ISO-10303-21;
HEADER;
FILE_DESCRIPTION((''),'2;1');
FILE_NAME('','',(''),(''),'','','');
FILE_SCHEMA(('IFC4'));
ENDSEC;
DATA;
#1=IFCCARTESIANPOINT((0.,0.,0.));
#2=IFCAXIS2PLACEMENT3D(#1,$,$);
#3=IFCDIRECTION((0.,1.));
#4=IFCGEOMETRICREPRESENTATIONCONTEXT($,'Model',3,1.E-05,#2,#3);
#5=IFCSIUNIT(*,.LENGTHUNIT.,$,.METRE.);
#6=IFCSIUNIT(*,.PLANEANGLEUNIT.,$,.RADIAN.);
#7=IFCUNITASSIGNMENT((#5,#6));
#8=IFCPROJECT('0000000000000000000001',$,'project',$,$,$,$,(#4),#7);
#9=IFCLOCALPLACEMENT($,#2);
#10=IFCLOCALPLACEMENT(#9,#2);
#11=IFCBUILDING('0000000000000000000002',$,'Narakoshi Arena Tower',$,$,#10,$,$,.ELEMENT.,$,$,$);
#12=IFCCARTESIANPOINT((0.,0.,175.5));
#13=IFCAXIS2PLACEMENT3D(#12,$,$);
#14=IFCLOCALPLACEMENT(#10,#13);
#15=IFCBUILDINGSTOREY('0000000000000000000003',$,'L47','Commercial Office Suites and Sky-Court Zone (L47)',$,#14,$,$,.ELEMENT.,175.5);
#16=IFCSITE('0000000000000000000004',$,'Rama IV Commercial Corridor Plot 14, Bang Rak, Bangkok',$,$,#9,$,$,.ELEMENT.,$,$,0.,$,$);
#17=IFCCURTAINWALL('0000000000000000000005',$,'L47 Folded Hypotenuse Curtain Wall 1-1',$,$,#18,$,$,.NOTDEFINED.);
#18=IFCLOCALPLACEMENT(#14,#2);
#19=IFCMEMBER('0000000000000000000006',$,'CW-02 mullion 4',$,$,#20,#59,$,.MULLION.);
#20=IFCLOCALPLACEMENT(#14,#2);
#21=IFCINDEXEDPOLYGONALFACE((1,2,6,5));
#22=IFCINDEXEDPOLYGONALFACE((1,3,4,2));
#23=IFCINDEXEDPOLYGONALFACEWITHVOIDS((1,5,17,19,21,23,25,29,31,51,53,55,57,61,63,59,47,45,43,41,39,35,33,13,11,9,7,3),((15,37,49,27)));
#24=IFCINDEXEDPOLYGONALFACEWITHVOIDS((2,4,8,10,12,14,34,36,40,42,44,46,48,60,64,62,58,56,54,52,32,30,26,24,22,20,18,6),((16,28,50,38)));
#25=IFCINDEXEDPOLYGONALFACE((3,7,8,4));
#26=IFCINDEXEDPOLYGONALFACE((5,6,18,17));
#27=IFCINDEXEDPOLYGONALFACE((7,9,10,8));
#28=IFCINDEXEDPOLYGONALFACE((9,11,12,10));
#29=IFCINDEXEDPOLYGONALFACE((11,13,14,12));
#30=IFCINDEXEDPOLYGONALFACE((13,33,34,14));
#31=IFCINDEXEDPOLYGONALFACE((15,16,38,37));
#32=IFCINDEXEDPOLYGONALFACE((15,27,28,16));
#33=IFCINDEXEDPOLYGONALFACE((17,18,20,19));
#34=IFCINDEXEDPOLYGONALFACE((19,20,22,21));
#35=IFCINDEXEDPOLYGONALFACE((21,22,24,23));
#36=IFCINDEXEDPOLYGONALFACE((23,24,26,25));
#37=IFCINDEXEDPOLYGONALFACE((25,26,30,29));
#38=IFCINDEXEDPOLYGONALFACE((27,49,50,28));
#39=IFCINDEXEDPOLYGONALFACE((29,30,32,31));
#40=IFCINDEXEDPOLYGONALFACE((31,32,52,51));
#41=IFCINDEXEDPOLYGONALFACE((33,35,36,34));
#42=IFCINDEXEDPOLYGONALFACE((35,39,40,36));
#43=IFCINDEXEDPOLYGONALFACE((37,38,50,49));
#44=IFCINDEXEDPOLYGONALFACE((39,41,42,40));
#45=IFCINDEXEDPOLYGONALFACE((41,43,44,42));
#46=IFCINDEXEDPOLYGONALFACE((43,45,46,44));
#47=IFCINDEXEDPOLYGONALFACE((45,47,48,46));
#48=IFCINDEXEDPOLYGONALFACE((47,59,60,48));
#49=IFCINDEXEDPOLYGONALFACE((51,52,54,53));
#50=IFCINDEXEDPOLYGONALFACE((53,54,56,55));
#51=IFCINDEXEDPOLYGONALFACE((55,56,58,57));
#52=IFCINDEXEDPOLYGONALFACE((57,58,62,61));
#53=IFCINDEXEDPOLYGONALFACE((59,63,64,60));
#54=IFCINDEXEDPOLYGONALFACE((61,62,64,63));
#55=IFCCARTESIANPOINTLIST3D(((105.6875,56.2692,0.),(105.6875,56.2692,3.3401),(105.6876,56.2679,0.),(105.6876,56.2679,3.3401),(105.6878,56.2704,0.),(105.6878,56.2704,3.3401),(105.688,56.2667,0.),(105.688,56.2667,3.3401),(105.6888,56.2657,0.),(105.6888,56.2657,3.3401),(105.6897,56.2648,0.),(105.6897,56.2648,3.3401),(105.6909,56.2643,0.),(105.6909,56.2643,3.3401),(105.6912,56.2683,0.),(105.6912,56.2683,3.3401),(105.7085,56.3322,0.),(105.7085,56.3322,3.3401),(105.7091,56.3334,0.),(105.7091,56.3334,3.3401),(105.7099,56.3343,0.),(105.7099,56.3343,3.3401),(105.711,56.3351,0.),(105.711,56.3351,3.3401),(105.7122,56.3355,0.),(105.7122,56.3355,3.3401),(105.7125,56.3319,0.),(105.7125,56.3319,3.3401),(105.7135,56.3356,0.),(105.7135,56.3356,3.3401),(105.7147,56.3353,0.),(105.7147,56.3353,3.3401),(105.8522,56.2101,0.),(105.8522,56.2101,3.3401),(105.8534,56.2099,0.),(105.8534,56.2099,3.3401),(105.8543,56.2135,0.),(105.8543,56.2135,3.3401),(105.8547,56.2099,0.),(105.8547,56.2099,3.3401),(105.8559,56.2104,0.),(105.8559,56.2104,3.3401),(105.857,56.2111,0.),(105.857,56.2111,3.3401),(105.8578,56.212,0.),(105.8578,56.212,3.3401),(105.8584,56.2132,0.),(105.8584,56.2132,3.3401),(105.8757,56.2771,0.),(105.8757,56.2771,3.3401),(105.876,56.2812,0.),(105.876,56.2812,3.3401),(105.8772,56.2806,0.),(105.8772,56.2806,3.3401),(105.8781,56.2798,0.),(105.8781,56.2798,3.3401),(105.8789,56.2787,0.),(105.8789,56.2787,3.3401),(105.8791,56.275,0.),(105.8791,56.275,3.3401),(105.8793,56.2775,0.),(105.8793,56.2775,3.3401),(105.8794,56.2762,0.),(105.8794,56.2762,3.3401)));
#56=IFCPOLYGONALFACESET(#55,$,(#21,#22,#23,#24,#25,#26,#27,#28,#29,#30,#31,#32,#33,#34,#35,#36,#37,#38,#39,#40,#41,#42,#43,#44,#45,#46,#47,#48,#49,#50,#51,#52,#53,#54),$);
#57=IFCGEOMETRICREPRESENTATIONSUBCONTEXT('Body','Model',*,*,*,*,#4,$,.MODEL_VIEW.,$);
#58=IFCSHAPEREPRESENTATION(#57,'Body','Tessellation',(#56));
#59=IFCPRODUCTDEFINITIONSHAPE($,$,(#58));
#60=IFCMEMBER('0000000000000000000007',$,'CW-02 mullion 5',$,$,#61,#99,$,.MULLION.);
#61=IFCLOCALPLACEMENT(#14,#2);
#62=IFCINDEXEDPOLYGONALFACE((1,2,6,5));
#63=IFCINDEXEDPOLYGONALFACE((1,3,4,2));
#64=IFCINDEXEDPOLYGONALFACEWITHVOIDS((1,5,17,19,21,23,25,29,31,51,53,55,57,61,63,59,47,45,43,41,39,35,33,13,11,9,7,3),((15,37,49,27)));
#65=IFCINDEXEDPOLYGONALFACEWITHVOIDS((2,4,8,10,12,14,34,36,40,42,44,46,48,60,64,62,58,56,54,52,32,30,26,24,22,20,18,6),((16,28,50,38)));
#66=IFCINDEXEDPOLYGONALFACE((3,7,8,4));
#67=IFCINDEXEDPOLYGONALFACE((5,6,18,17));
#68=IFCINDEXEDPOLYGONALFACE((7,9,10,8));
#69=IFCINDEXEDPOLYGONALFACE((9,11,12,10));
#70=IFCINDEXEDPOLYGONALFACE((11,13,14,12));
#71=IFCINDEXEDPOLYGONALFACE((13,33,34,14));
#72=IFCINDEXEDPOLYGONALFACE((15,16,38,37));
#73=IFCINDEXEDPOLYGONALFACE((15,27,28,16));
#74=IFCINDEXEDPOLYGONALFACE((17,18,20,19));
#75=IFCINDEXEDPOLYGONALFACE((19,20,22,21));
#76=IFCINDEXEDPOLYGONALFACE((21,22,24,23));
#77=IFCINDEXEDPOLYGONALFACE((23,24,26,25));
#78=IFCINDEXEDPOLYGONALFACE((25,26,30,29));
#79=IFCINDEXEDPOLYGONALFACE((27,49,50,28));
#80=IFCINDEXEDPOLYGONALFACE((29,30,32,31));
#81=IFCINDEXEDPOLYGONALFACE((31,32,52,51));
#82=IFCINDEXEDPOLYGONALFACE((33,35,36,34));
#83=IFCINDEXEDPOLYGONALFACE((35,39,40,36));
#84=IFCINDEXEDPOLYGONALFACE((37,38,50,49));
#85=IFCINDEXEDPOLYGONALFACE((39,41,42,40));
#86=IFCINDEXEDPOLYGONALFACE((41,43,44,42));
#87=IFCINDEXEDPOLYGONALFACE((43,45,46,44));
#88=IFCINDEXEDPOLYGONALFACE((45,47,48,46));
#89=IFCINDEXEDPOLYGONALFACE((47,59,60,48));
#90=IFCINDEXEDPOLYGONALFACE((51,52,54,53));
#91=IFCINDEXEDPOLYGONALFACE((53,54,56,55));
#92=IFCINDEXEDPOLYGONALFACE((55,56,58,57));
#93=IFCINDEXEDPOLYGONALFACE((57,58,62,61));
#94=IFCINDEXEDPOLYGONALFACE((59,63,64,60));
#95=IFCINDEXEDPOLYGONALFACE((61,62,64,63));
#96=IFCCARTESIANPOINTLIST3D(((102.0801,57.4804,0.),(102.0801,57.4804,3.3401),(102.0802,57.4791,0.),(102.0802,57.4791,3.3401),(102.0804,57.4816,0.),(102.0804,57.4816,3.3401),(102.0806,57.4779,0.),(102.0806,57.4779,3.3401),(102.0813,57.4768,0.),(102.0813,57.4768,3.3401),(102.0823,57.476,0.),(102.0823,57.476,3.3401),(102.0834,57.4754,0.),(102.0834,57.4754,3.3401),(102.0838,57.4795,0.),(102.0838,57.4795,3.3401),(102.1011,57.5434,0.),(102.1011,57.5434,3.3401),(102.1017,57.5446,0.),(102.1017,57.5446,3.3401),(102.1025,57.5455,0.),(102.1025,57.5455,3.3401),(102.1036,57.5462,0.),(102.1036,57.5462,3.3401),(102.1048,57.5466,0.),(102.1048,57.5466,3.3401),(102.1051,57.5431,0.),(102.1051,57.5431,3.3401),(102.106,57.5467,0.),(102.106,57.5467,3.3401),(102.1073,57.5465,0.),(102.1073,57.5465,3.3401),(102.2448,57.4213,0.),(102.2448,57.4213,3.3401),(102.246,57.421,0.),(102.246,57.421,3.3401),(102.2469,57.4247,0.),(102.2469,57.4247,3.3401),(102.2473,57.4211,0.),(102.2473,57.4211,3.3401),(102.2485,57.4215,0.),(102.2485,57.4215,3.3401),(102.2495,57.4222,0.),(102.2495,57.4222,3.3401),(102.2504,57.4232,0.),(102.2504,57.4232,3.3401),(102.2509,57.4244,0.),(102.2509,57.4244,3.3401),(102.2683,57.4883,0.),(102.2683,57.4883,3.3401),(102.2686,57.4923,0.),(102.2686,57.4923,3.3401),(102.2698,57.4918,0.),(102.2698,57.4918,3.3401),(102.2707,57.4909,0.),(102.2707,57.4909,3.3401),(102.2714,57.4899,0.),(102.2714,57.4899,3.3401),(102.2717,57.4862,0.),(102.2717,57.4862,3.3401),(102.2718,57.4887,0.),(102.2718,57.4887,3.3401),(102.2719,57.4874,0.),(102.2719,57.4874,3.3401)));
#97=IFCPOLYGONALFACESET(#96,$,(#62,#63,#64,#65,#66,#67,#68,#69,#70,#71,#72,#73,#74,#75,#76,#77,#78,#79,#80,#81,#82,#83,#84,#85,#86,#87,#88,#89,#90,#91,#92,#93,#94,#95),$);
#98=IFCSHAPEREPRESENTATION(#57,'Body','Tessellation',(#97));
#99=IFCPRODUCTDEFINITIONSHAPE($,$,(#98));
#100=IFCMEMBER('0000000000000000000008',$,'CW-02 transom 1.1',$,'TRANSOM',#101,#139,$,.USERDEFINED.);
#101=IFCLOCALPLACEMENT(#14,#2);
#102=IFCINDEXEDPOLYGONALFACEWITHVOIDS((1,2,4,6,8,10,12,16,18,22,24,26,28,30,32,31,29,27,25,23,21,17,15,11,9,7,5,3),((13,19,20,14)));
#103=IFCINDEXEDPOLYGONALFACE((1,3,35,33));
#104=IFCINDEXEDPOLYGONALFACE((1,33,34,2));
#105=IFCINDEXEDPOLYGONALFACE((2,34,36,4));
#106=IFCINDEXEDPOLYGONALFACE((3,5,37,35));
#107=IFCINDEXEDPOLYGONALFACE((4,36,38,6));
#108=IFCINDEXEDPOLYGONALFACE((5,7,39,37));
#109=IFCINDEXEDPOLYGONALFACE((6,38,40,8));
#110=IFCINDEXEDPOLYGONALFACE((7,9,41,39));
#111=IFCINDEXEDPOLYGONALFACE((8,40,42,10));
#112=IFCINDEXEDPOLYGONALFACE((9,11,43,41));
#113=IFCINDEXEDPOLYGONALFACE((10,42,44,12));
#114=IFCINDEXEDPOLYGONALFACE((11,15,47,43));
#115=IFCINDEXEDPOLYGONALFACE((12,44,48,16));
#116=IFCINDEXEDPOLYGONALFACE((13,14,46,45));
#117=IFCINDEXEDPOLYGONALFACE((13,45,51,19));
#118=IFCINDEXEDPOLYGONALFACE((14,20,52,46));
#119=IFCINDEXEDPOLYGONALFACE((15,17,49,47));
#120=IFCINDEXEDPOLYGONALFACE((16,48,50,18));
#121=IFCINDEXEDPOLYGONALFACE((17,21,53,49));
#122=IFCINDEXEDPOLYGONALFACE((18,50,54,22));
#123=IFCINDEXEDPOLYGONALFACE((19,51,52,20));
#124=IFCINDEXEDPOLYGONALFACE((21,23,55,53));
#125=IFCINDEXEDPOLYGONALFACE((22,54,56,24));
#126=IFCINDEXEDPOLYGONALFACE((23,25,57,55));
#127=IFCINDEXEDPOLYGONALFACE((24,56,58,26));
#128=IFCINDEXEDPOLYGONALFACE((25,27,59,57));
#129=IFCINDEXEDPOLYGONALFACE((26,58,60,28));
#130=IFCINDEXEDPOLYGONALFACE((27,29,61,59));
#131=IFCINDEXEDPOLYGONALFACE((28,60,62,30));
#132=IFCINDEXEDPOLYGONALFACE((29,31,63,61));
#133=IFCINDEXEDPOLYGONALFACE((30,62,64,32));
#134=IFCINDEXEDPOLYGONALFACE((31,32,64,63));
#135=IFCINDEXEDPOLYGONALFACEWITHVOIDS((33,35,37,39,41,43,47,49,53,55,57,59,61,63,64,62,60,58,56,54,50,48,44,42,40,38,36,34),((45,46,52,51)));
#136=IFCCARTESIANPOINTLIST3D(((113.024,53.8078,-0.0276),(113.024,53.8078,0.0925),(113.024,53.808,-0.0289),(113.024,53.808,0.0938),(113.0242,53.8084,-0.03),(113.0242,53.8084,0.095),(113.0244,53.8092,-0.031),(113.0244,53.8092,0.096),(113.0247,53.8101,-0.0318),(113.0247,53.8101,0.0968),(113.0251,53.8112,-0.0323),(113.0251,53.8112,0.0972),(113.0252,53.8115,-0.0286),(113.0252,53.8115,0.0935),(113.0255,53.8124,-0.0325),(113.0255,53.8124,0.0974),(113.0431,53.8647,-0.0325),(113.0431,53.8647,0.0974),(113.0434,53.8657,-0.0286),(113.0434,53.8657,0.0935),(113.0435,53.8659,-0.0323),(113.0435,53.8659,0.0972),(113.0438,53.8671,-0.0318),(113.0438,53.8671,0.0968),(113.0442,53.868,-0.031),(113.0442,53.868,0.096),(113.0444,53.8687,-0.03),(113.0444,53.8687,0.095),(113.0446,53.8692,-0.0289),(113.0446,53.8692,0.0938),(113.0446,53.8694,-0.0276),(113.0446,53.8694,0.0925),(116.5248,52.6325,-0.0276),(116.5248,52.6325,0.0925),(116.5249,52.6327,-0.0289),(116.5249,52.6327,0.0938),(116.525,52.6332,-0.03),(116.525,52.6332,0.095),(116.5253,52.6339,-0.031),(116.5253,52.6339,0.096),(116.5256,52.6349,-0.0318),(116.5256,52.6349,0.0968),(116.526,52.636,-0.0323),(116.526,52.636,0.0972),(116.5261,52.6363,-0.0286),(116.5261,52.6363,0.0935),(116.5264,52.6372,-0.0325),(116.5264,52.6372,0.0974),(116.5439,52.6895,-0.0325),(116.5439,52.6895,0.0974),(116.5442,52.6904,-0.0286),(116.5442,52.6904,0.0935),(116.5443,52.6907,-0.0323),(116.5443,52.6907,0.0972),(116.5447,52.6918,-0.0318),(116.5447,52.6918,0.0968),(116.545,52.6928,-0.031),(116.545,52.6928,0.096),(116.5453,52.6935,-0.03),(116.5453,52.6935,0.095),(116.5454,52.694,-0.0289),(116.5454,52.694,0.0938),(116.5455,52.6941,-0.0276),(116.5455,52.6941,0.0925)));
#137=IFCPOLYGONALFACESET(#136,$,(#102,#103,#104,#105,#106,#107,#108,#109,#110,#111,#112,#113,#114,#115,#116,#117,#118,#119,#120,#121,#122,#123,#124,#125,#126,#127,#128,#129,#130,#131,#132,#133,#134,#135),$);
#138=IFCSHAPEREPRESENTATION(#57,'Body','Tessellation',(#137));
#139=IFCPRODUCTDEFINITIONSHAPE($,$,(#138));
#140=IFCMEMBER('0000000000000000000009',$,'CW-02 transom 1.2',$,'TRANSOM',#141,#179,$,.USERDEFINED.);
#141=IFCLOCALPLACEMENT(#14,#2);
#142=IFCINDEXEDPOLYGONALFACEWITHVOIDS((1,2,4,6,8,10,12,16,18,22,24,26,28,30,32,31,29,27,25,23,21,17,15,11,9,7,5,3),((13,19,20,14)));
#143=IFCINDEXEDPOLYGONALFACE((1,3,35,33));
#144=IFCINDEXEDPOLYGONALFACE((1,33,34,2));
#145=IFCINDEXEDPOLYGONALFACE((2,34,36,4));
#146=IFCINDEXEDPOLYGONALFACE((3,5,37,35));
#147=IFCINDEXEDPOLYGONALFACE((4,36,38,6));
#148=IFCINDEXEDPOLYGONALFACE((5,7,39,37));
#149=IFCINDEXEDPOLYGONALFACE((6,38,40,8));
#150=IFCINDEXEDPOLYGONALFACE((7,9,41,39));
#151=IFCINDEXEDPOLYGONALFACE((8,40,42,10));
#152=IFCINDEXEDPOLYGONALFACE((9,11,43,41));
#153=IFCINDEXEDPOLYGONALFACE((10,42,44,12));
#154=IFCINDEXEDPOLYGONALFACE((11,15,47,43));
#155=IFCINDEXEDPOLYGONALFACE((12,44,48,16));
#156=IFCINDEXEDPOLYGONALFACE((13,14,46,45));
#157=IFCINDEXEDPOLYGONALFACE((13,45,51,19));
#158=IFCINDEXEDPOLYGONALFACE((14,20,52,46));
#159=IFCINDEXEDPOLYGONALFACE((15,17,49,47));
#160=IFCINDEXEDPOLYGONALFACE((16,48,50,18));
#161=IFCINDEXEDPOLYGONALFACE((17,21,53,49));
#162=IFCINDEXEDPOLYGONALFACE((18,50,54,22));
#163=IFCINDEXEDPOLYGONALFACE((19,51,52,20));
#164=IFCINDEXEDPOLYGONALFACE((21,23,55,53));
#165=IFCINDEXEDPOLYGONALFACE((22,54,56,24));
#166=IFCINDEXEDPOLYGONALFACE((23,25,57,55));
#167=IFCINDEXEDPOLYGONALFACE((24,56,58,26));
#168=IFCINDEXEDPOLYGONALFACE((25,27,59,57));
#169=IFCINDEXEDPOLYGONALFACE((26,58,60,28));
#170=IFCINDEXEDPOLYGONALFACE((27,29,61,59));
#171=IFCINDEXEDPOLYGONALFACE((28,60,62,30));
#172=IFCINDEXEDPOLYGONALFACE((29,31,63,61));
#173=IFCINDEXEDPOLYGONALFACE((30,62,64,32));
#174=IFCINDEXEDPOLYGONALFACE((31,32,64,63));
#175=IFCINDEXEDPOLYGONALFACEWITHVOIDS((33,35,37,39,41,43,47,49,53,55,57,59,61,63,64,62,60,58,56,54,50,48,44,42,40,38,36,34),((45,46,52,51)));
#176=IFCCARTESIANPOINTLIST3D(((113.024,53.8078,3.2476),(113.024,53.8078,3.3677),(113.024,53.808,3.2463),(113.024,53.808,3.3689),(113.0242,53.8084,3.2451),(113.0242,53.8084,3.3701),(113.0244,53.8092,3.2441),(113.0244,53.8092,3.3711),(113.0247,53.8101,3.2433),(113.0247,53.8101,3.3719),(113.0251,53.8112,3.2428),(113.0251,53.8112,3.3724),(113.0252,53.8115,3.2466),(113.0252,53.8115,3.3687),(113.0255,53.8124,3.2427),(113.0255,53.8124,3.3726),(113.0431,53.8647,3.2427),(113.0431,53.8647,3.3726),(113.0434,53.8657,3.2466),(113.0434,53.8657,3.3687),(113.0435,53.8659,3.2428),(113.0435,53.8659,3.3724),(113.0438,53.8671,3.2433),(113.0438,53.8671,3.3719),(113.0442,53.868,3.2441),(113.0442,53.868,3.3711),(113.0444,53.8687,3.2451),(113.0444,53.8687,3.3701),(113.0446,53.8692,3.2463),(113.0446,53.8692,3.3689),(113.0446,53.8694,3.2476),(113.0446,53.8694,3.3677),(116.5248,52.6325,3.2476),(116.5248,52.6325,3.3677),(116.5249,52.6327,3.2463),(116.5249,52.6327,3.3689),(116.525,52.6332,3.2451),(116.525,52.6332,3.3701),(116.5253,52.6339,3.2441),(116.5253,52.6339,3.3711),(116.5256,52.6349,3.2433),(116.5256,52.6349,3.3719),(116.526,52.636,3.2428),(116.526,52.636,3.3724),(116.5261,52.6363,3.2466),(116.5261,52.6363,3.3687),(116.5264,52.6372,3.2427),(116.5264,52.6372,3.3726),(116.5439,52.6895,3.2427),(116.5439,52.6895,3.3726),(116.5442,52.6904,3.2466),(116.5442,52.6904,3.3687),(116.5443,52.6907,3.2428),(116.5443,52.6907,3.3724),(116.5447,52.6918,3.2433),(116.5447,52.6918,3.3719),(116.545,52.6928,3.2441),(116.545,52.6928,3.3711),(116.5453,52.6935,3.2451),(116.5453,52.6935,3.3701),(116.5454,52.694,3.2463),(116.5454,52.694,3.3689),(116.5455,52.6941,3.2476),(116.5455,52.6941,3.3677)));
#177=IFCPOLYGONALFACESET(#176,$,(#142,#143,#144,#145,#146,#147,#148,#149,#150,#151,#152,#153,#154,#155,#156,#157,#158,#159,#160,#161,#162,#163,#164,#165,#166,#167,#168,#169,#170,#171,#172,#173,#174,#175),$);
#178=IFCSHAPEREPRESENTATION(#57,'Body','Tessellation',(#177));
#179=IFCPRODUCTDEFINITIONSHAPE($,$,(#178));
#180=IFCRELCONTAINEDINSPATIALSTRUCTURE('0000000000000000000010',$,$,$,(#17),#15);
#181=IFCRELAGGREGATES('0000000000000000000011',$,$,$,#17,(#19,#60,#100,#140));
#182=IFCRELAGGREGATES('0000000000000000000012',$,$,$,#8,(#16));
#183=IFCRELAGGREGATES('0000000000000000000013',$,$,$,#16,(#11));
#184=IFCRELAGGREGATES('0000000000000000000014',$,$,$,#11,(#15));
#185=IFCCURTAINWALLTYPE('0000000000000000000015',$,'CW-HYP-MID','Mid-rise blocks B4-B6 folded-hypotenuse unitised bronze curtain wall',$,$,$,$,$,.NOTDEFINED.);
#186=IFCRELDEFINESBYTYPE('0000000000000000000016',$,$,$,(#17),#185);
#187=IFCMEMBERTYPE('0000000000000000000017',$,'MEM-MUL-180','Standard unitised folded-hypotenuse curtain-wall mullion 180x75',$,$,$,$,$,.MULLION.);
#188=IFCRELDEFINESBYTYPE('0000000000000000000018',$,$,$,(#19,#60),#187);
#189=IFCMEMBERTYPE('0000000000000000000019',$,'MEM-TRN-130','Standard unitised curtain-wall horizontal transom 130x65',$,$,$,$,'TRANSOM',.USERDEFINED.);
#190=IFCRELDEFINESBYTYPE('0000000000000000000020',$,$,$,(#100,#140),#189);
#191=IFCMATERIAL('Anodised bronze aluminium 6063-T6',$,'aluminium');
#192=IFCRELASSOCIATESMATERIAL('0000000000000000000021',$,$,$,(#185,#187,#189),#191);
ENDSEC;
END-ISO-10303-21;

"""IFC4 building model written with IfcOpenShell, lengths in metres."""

from ifc_helpers import new_model, si_unit, direction, frame, origin, origin_2d, place, context, subcontext, project, spatial, hollow_rectangle, extrude, material, material_profile, profile_set, type_object, element, aggregate, save


model = new_model("IFC4")

# Units and contexts
model_context = context("Model", 3, precision=1e-05, world=origin(), true_north=direction((0.0, 1.0)))
body_context = subcontext(model_context, "Body", "Model", "MODEL_VIEW")
ifc_project = project(units=[si_unit("LENGTHUNIT", "METRE"), si_unit("PLANEANGLEUNIT", "RADIAN")], contexts=[model_context])

# Site, building, storey
site_placement = place(None, origin())
site = spatial("IfcSite", under=ifc_project, at=site_placement, Name="Rama IV Commercial Corridor Plot 14, Bang Rak, Bangkok", CompositionType="ELEMENT", RefElevation=0.0)
building_placement = place(site_placement, origin())
building = spatial("IfcBuilding", under=site, at=building_placement, Name="Narakoshi Arena Tower", CompositionType="ELEMENT")
storey_placement = place(building_placement, frame((0.0, 0.0, 175.5)))
storey = spatial("IfcBuildingStorey", under=building, at=storey_placement, Name="L47", Description="Commercial Office Suites and Sky-Court Zone (L47)", CompositionType="ELEMENT", Elevation=175.5)

# Curtain wall, members
ifc_material_1 = material(Name="Anodised bronze aluminium 6063-T6", Category="aluminium")
curtain_wall_type = type_object("IfcCurtainWallType", Name="CW-HYP-MID", Description="Mid-rise blocks B4-B6 folded-hypotenuse unitised bronze curtain wall", PredefinedType="NOTDEFINED", material=ifc_material_1)
curtain_wall_placement = place(storey_placement, origin())
curtain_wall = element("IfcCurtainWall", 1, at=curtain_wall_placement, inside=storey, type_object=curtain_wall_type, Name="L47 Folded Hypotenuse Curtain Wall 1-1", PredefinedType="NOTDEFINED")
ifc_material_profile_1 = material_profile(ifc_material_1, hollow_rectangle(XDim=0.075, YDim=0.1799, WallThickness=0.0039, OuterFilletRadius=0.0049, at=origin_2d()), Name="MUL180x75x4")
ifc_profile_set_1 = profile_set([ifc_material_profile_1], Name="Anodised bronze aluminium 6063-T6")
member_type_1 = type_object("IfcMemberType", Name="MEM-MUL-180", Description="Standard unitised folded-hypotenuse curtain-wall mullion 180x75", PredefinedType="MULLION", material=ifc_profile_set_1)
member_1_placement = place(storey_placement, frame((105.7834, 56.2727, 0.0), z_axis=(0.0, 0.0, 1.0), x_axis=(-0.318261, -0.948003, 0.0)))
member_1 = element("IfcMember", 2, at=member_1_placement, type_object=member_type_1, Name="CW-02 mullion 4", PredefinedType="MULLION", context=body_context, shape_type="SweptSolid", body=[
    extrude(hollow_rectangle(XDim=0.075, YDim=0.1799, WallThickness=0.0039, OuterFilletRadius=0.0049, at=origin_2d()), origin(), (0.0, 0.0, 1.0), 3.3401),
])
member_2_placement = place(storey_placement, frame((102.176, 57.4839, 0.0), z_axis=(0.0, 0.0, 1.0), x_axis=(-0.318261, -0.948003, 0.0)))
member_2 = element("IfcMember", 3, at=member_2_placement, type_object=member_type_1, Name="CW-02 mullion 5", PredefinedType="MULLION", context=body_context, shape_type="SweptSolid", body=[
    extrude(hollow_rectangle(XDim=0.075, YDim=0.1799, WallThickness=0.0039, OuterFilletRadius=0.0049, at=origin_2d()), origin(), (0.0, 0.0, 1.0), 3.3401),
])
ifc_material_profile_2 = material_profile(ifc_material_1, hollow_rectangle(XDim=0.0649, YDim=0.1299, WallThickness=0.0039, OuterFilletRadius=0.0049, at=origin_2d()), Name="TRN130x65x4")
ifc_profile_set_2 = profile_set([ifc_material_profile_2], Name="Anodised bronze aluminium 6063-T6")
member_type_2 = type_object("IfcMemberType", Name="MEM-TRN-130", Description="Standard unitised curtain-wall horizontal transom 130x65", ElementType="TRANSOM", PredefinedType="USERDEFINED", material=ifc_profile_set_2)
member_3_placement = place(storey_placement, frame((116.5352, 52.6633, 0.0325), z_axis=(-0.948007, 0.31825, 0.0), x_axis=(-0.31825, -0.948007, 0.0)))
member_3 = element("IfcMember", 4, at=member_3_placement, type_object=member_type_2, Name="CW-02 transom 1.1", ObjectType="TRANSOM", PredefinedType="USERDEFINED", context=body_context, shape_type="SweptSolid", body=[
    extrude(hollow_rectangle(XDim=0.0649, YDim=0.1299, WallThickness=0.0039, OuterFilletRadius=0.0049, at=origin_2d()), origin(), (0.0, 0.0, 1.0), 3.6929),
])
member_4_placement = place(storey_placement, frame((116.5352, 52.6633, 3.3076), z_axis=(-0.948007, 0.31825, 0.0), x_axis=(-0.31825, -0.948007, 0.0)))
member_4 = element("IfcMember", 5, at=member_4_placement, type_object=member_type_2, Name="CW-02 transom 1.2", ObjectType="TRANSOM", PredefinedType="USERDEFINED", context=body_context, shape_type="SweptSolid", body=[
    extrude(hollow_rectangle(XDim=0.0649, YDim=0.1299, WallThickness=0.0039, OuterFilletRadius=0.0049, at=origin_2d()), origin(), (0.0, 0.0, 1.0), 3.6929),
])
aggregate(curtain_wall, [member_1, member_2, member_3, member_4])

save(model, "model.ifc")
